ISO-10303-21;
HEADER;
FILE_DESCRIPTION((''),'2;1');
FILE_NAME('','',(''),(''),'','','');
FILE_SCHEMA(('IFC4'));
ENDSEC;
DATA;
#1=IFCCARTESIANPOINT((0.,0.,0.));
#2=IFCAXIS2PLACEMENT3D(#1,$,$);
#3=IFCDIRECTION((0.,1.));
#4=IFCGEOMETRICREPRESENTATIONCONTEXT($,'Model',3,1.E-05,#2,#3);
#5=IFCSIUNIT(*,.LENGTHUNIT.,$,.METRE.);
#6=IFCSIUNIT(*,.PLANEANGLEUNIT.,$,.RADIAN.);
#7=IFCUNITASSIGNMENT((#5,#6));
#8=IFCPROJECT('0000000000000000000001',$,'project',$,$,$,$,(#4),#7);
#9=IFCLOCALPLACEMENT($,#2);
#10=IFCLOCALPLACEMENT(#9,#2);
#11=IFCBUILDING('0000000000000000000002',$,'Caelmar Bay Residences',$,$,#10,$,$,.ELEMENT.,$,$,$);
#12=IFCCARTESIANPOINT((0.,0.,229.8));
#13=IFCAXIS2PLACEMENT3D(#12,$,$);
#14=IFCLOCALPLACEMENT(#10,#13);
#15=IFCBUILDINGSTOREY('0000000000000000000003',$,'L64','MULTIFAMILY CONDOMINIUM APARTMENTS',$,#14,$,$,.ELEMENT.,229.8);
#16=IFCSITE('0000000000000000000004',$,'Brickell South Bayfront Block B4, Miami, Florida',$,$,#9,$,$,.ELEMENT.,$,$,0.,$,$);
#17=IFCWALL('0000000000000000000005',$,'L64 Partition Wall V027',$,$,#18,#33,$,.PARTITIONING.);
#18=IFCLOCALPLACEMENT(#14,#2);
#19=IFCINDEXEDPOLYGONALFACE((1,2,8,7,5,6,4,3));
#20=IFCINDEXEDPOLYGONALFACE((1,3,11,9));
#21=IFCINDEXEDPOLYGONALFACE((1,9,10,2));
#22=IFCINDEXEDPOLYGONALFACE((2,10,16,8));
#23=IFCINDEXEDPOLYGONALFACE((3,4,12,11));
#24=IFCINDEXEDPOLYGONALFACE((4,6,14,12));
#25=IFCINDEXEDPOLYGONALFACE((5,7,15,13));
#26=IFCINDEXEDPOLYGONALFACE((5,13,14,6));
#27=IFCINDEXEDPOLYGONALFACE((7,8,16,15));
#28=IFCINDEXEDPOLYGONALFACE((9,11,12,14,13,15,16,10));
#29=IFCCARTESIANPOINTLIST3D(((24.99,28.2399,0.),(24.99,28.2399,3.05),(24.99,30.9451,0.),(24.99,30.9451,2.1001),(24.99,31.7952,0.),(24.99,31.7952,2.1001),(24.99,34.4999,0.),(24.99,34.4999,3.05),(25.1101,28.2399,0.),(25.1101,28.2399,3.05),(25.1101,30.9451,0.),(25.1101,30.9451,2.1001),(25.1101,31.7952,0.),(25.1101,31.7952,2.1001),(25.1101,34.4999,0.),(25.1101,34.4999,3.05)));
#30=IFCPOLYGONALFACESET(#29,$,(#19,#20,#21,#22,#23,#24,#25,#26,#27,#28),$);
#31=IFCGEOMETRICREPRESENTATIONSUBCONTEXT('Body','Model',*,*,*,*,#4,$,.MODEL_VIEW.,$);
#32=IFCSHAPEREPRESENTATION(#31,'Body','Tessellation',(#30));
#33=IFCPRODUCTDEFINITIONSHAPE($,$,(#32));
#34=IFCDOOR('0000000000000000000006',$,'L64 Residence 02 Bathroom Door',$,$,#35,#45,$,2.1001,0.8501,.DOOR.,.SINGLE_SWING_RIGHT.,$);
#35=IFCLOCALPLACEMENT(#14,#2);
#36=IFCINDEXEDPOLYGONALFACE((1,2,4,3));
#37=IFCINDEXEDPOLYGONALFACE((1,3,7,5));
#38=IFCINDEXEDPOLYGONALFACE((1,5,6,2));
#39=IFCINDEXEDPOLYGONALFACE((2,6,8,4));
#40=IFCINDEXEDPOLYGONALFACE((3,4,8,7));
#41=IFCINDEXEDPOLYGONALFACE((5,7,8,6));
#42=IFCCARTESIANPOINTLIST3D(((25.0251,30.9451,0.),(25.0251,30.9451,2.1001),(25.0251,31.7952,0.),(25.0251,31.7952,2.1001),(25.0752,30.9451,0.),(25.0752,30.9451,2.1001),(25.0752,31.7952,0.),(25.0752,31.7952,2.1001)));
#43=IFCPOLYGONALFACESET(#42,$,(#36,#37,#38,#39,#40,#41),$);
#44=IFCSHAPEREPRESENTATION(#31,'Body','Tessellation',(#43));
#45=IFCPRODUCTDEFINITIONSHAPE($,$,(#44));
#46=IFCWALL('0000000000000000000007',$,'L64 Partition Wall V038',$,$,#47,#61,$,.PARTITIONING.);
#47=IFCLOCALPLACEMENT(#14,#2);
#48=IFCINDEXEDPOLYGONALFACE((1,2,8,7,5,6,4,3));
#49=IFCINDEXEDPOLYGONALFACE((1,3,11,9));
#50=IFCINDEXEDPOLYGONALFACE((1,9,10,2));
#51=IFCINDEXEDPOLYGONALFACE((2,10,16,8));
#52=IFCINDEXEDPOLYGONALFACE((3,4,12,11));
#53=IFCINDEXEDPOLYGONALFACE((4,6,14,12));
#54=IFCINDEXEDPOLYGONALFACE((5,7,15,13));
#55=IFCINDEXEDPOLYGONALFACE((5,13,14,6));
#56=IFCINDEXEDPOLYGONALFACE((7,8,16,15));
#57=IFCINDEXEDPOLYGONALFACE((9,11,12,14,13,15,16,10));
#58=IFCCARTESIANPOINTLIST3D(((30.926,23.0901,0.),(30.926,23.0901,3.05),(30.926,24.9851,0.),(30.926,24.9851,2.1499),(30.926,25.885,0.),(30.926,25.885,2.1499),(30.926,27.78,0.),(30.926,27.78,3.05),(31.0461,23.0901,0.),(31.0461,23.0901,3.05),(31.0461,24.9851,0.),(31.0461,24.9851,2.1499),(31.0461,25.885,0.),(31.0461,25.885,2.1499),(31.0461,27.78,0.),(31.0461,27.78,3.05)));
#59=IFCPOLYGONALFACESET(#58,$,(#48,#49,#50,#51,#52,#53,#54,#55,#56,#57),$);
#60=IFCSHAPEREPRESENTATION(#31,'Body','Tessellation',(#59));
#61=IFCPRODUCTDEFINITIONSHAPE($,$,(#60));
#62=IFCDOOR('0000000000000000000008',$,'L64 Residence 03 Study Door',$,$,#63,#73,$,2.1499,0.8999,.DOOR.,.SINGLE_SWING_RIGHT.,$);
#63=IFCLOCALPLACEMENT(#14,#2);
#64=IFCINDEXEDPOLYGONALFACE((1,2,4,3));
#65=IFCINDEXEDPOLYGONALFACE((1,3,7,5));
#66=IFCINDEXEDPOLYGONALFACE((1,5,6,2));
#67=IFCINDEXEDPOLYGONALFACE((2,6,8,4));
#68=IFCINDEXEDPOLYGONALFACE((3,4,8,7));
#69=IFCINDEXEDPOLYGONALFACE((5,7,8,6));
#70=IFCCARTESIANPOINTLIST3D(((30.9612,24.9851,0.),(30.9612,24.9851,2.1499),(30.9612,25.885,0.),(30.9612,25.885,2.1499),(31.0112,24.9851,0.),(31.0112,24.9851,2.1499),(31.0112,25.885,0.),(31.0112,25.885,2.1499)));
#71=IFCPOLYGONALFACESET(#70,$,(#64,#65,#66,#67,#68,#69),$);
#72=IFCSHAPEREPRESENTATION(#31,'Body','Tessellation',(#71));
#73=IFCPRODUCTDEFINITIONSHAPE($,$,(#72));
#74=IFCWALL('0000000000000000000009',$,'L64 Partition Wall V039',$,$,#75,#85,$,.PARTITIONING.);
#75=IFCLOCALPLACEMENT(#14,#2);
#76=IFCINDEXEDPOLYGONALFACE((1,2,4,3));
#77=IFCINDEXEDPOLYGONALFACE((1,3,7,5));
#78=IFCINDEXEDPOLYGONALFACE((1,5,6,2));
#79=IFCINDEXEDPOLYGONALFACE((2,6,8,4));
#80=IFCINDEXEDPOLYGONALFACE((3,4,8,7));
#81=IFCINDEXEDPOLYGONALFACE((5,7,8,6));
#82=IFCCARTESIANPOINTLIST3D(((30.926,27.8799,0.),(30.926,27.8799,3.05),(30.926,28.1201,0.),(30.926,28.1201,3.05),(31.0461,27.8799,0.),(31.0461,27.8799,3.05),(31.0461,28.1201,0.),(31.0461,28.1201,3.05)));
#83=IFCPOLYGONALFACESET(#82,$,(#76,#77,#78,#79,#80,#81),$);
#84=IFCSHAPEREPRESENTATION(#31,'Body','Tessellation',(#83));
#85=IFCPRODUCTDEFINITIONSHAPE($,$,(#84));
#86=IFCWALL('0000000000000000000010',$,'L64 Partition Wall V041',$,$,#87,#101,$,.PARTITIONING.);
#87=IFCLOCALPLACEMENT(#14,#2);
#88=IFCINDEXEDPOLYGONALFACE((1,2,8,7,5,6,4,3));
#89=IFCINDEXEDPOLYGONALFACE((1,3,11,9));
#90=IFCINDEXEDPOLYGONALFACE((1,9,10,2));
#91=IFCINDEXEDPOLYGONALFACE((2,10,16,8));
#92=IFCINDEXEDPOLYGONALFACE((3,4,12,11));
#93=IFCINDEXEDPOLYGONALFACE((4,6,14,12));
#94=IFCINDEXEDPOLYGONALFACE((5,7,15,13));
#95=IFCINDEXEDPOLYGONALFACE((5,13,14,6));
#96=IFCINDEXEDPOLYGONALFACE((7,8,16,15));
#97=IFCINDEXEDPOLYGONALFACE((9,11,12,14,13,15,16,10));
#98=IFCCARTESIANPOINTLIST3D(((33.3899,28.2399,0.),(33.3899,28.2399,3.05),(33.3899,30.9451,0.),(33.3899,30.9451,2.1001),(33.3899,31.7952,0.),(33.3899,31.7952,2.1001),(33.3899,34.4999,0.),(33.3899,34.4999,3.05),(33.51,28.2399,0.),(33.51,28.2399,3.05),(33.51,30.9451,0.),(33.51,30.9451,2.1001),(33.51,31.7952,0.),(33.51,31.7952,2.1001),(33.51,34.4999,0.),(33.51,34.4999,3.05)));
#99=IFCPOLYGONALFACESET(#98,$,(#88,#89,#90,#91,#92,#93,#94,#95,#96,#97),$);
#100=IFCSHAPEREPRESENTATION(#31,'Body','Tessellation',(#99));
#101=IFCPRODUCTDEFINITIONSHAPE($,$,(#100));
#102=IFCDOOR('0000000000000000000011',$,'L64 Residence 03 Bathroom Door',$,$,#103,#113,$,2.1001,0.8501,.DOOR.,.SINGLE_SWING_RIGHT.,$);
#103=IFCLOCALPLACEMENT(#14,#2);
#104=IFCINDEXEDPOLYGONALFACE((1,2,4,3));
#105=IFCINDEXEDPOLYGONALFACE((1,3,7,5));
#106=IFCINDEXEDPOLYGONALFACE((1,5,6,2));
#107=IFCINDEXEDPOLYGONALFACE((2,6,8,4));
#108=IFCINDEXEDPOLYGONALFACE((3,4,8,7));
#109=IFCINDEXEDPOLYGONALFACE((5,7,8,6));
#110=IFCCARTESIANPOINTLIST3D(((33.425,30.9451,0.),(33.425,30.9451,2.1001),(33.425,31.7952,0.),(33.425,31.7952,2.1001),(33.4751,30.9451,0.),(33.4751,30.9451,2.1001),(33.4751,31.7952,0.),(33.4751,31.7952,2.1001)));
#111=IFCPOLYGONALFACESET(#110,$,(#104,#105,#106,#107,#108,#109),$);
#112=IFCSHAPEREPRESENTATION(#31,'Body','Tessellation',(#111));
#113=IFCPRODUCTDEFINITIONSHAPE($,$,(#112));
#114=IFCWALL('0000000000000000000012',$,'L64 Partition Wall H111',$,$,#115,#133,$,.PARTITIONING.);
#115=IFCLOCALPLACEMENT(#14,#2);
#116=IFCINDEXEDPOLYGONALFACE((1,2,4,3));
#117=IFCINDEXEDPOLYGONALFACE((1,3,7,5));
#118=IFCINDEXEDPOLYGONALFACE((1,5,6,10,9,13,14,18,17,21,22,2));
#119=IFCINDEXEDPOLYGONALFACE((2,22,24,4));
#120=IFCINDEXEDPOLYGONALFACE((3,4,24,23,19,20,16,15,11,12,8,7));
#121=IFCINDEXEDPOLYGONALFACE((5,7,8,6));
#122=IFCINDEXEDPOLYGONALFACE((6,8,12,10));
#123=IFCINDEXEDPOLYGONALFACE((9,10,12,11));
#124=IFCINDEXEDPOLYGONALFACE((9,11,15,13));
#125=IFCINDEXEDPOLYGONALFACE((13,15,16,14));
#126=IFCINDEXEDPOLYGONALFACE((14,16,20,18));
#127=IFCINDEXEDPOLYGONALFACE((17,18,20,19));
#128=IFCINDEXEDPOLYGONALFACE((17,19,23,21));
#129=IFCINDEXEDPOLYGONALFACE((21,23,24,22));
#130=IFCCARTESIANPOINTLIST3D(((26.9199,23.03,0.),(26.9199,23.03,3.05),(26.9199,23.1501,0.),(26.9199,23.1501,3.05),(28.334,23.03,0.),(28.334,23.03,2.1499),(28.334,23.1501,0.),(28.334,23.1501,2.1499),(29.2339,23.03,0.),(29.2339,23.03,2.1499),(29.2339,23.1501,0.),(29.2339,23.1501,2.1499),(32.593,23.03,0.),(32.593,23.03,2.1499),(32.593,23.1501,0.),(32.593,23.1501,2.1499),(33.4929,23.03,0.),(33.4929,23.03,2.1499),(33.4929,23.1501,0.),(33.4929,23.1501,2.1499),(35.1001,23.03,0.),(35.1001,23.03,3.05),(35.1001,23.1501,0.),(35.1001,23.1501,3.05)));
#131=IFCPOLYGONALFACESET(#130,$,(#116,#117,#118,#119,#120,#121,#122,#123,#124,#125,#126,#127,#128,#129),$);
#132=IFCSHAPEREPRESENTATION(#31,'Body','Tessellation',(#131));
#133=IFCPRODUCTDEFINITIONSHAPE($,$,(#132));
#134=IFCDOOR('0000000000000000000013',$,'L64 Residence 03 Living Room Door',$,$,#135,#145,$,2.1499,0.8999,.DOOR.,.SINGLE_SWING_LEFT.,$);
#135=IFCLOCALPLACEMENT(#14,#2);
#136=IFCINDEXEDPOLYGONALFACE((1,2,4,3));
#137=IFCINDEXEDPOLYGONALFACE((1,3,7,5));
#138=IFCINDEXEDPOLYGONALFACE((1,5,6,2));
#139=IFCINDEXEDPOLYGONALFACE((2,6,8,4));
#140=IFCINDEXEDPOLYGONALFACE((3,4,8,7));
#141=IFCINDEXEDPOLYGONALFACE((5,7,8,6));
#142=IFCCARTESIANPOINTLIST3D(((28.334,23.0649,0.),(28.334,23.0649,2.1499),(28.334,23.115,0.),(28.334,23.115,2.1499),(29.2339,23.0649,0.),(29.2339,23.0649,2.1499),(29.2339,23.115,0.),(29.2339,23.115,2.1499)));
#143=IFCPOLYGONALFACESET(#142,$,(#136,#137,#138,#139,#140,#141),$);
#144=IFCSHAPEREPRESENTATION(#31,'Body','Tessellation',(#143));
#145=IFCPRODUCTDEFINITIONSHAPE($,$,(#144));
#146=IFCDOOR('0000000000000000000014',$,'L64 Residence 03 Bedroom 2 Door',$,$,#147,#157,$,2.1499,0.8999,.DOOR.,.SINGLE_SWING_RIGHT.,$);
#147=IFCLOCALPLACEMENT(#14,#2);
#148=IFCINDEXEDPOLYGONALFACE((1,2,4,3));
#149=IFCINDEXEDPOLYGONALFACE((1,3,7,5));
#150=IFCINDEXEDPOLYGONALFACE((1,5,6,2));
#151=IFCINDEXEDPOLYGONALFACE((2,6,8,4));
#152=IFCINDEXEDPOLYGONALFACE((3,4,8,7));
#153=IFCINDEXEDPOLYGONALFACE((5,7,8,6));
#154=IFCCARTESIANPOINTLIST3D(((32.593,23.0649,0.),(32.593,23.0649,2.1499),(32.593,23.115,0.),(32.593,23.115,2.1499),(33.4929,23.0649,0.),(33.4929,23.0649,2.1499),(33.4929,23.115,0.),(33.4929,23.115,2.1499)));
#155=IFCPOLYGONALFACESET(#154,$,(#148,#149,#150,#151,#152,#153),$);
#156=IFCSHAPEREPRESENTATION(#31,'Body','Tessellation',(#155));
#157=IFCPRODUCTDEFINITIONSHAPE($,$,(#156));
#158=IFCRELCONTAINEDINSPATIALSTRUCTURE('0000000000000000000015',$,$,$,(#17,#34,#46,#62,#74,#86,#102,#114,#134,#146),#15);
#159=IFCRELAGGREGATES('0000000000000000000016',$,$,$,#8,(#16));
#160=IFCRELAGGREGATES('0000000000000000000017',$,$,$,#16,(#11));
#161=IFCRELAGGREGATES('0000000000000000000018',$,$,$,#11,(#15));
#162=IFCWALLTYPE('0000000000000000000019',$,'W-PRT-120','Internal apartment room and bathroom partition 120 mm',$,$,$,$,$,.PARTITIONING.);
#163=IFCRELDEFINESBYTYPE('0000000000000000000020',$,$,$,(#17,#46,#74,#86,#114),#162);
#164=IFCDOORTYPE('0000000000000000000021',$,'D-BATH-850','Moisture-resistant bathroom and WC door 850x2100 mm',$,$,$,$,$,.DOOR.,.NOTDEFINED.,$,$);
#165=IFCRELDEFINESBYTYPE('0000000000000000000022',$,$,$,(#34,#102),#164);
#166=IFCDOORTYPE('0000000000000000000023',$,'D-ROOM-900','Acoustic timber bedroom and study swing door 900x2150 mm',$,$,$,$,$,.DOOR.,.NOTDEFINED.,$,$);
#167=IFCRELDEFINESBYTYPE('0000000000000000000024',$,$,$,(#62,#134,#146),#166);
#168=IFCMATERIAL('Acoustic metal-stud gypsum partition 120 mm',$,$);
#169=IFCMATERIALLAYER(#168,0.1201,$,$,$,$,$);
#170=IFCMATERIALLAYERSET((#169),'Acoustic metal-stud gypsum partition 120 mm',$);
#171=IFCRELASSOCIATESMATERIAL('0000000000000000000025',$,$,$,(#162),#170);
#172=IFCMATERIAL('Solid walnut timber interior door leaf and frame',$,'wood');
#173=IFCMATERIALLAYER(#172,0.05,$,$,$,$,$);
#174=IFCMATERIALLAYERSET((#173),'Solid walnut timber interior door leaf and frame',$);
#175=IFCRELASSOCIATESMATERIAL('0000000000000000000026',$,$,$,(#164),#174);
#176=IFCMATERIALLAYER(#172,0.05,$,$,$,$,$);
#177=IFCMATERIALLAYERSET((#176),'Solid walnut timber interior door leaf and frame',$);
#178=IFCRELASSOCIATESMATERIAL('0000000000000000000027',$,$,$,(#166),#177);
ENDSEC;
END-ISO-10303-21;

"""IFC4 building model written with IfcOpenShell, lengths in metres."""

from ifc_helpers import new_model, si_unit, direction, frame, frame_2d, origin, place, context, subcontext, project, spatial, rectangle, extrude, material, layer, layer_set, type_object, element, fill, save


model = new_model("IFC4")

# Units and contexts
model_context = context("Model", 3, precision=1e-05, world=origin(), true_north=direction((0.0, 1.0)))
body_context = subcontext(model_context, "Body", "Model", "MODEL_VIEW")
ifc_project = project(units=[si_unit("LENGTHUNIT", "METRE"), si_unit("PLANEANGLEUNIT", "RADIAN")], contexts=[model_context])

# Site, building, storey
site_placement = place(None, origin())
site = spatial("IfcSite", under=ifc_project, at=site_placement, Name="Brickell South Bayfront Block B4, Miami, Florida", CompositionType="ELEMENT", RefElevation=0.0)
building_placement = place(site_placement, origin())
building = spatial("IfcBuilding", under=site, at=building_placement, Name="Caelmar Bay Residences", CompositionType="ELEMENT")
storey_placement = place(building_placement, frame((0.0, 0.0, 229.8)))
storey = spatial("IfcBuildingStorey", under=building, at=storey_placement, Name="L64", Description="MULTIFAMILY CONDOMINIUM APARTMENTS", CompositionType="ELEMENT", Elevation=229.8)

# Walls, openings, doors
ifc_material_1 = material(Name="Acoustic metal-stud gypsum partition 120 mm")
ifc_layer_1 = layer(ifc_material_1, 0.1201)
ifc_layer_set_1 = layer_set([ifc_layer_1], Name="Acoustic metal-stud gypsum partition 120 mm")
wall_type_1 = type_object("IfcWallType", Name="W-PRT-120", Description="Internal apartment room and bathroom partition 120 mm", PredefinedType="PARTITIONING", material=ifc_layer_set_1)
wall_1_placement = place(storey_placement, frame((25.05, 28.24, 0.0), z_axis=(0.0, 0.0, 1.0), x_axis=(0.0, 1.0, 0.0)))
wall_1 = element("IfcWall", 1, at=wall_1_placement, inside=storey, type_object=wall_type_1, Name="L64 Partition Wall V027", PredefinedType="PARTITIONING", context=body_context, shape_type="SweptSolid", body=[
    extrude(rectangle(XDim=6.26, YDim=0.1201, at=frame_2d((3.1299, 0.0))), origin(), (0.0, 0.0, 1.0), 3.05),
])
opening_1_placement = place(wall_1_placement, frame((2.7051, 0.0, 0.0)))
opening_1 = element("IfcOpeningElement", 2, at=opening_1_placement, cuts=wall_1, PredefinedType="OPENING", context=body_context, shape_type="SweptSolid", body=[
    extrude(rectangle(XDim=0.8501, YDim=2.1001, at=frame_2d((0.425, 1.05))), frame((0.0, 0.0701, 0.0), z_axis=(0.0, -1.0, 0.0), x_axis=(1.0, 0.0, 0.0)), (0.0, 0.0, 1.0), 0.1401),
])
ifc_material_2 = material(Name="Solid walnut timber interior door leaf and frame", Category="wood")
ifc_layer_2 = layer(ifc_material_2, 0.05)
ifc_layer_set_2 = layer_set([ifc_layer_2], Name="Solid walnut timber interior door leaf and frame")
door_type_1 = type_object("IfcDoorType", Name="D-BATH-850", Description="Moisture-resistant bathroom and WC door 850x2100 mm", OperationType="NOTDEFINED", PredefinedType="DOOR", material=ifc_layer_set_2)
door_1_placement = place(opening_1_placement, origin())
door_1 = element("IfcDoor", 3, at=door_1_placement, inside=storey, type_object=door_type_1, Name="L64 Residence 02 Bathroom Door", OperationType="SINGLE_SWING_RIGHT", OverallHeight=2.1001, OverallWidth=0.8501, PredefinedType="DOOR", context=body_context, shape_type="SweptSolid", body=[
    extrude(rectangle(XDim=0.8501, YDim=2.1001, at=frame_2d((0.425, 1.05))), frame((0.0, 0.0249, 0.0), z_axis=(0.0, -1.0, 0.0), x_axis=(1.0, 0.0, 0.0)), (0.0, 0.0, 1.0), 0.05),
])
fill(opening_1, door_1)
wall_2_placement = place(storey_placement, frame((30.9861, 23.0901, 0.0), z_axis=(0.0, 0.0, 1.0), x_axis=(0.0, 1.0, 0.0)))
wall_2 = element("IfcWall", 4, at=wall_2_placement, inside=storey, type_object=wall_type_1, Name="L64 Partition Wall V038", PredefinedType="PARTITIONING", context=body_context, shape_type="SweptSolid", body=[
    extrude(rectangle(XDim=4.6899, YDim=0.1201, at=frame_2d((2.345, 0.0))), origin(), (0.0, 0.0, 1.0), 3.05),
])
opening_2_placement = place(wall_2_placement, frame((1.895, 0.0, 0.0)))
opening_2 = element("IfcOpeningElement", 5, at=opening_2_placement, cuts=wall_2, PredefinedType="OPENING", context=body_context, shape_type="SweptSolid", body=[
    extrude(rectangle(XDim=0.8999, YDim=2.1499, at=frame_2d((0.45, 1.075))), frame((0.0, 0.0701, 0.0), z_axis=(0.0, -1.0, 0.0), x_axis=(1.0, 0.0, 0.0)), (0.0, 0.0, 1.0), 0.1401),
])
ifc_layer_3 = layer(ifc_material_2, 0.05)
ifc_layer_set_3 = layer_set([ifc_layer_3], Name="Solid walnut timber interior door leaf and frame")
door_type_2 = type_object("IfcDoorType", Name="D-ROOM-900", Description="Acoustic timber bedroom and study swing door 900x2150 mm", OperationType="NOTDEFINED", PredefinedType="DOOR", material=ifc_layer_set_3)
door_2_placement = place(opening_2_placement, origin())
door_2 = element("IfcDoor", 6, at=door_2_placement, inside=storey, type_object=door_type_2, Name="L64 Residence 03 Study Door", OperationType="SINGLE_SWING_RIGHT", OverallHeight=2.1499, OverallWidth=0.8999, PredefinedType="DOOR", context=body_context, shape_type="SweptSolid", body=[
    extrude(rectangle(XDim=0.8999, YDim=2.1499, at=frame_2d((0.45, 1.075))), frame((0.0, 0.0249, 0.0), z_axis=(0.0, -1.0, 0.0), x_axis=(1.0, 0.0, 0.0)), (0.0, 0.0, 1.0), 0.05),
])
fill(opening_2, door_2)

# Wall
wall_3_placement = place(storey_placement, frame((30.9861, 27.8799, 0.0), z_axis=(0.0, 0.0, 1.0), x_axis=(0.0, 1.0, 0.0)))
element("IfcWall", 7, at=wall_3_placement, inside=storey, type_object=wall_type_1, Name="L64 Partition Wall V039", PredefinedType="PARTITIONING", context=body_context, shape_type="SweptSolid", body=[
    extrude(rectangle(XDim=0.2402, YDim=0.1201, at=frame_2d((0.1201, 0.0))), origin(), (0.0, 0.0, 1.0), 3.05),
])

# Wall, opening, door
wall_4_placement = place(storey_placement, frame((33.45, 28.24, 0.0), z_axis=(0.0, 0.0, 1.0), x_axis=(0.0, 1.0, 0.0)))
wall_4 = element("IfcWall", 8, at=wall_4_placement, inside=storey, type_object=wall_type_1, Name="L64 Partition Wall V041", PredefinedType="PARTITIONING", context=body_context, shape_type="SweptSolid", body=[
    extrude(rectangle(XDim=6.26, YDim=0.1201, at=frame_2d((3.1299, 0.0))), origin(), (0.0, 0.0, 1.0), 3.05),
])
opening_3_placement = place(wall_4_placement, frame((2.7051, 0.0, 0.0)))
opening_3 = element("IfcOpeningElement", 9, at=opening_3_placement, cuts=wall_4, PredefinedType="OPENING", context=body_context, shape_type="SweptSolid", body=[
    extrude(rectangle(XDim=0.8501, YDim=2.1001, at=frame_2d((0.425, 1.05))), frame((0.0, 0.0701, 0.0), z_axis=(0.0, -1.0, 0.0), x_axis=(1.0, 0.0, 0.0)), (0.0, 0.0, 1.0), 0.1401),
])
door_3_placement = place(opening_3_placement, origin())
door_3 = element("IfcDoor", 10, at=door_3_placement, inside=storey, type_object=door_type_1, Name="L64 Residence 03 Bathroom Door", OperationType="SINGLE_SWING_RIGHT", OverallHeight=2.1001, OverallWidth=0.8501, PredefinedType="DOOR", context=body_context, shape_type="SweptSolid", body=[
    extrude(rectangle(XDim=0.8501, YDim=2.1001, at=frame_2d((0.425, 1.05))), frame((0.0, 0.0249, 0.0), z_axis=(0.0, -1.0, 0.0), x_axis=(1.0, 0.0, 0.0)), (0.0, 0.0, 1.0), 0.05),
])
fill(opening_3, door_3)

# Wall, openings, doors
wall_5_placement = place(storey_placement, frame((26.9199, 23.0901, 0.0), z_axis=(0.0, 0.0, 1.0), x_axis=(1.0, 0.0, 0.0)))
wall_5 = element("IfcWall", 11, at=wall_5_placement, inside=storey, type_object=wall_type_1, Name="L64 Partition Wall H111", PredefinedType="PARTITIONING", context=body_context, shape_type="SweptSolid", body=[
    extrude(rectangle(XDim=8.1802, YDim=0.1201, at=frame_2d((4.0901, 0.0))), origin(), (0.0, 0.0, 1.0), 3.05),
])
opening_4_placement = place(wall_5_placement, frame((1.4141, 0.0, 0.0)))
opening_4 = element("IfcOpeningElement", 12, at=opening_4_placement, cuts=wall_5, PredefinedType="OPENING", context=body_context, shape_type="SweptSolid", body=[
    extrude(rectangle(XDim=0.8999, YDim=2.1499, at=frame_2d((0.45, 1.075))), frame((0.0, 0.0701, 0.0), z_axis=(0.0, -1.0, 0.0), x_axis=(1.0, 0.0, 0.0)), (0.0, 0.0, 1.0), 0.1401),
])
opening_5_placement = place(wall_5_placement, frame((5.6731, 0.0, 0.0)))
opening_5 = element("IfcOpeningElement", 13, at=opening_5_placement, cuts=wall_5, PredefinedType="OPENING", context=body_context, shape_type="SweptSolid", body=[
    extrude(rectangle(XDim=0.8999, YDim=2.1499, at=frame_2d((0.45, 1.075))), frame((0.0, 0.0701, 0.0), z_axis=(0.0, -1.0, 0.0), x_axis=(1.0, 0.0, 0.0)), (0.0, 0.0, 1.0), 0.1401),
])
door_4_placement = place(opening_4_placement, origin())
door_4 = element("IfcDoor", 14, at=door_4_placement, inside=storey, type_object=door_type_2, Name="L64 Residence 03 Living Room Door", OperationType="SINGLE_SWING_LEFT", OverallHeight=2.1499, OverallWidth=0.8999, PredefinedType="DOOR", context=body_context, shape_type="SweptSolid", body=[
    extrude(rectangle(XDim=0.8999, YDim=2.1499, at=frame_2d((0.45, 1.075))), frame((0.0, 0.0249, 0.0), z_axis=(0.0, -1.0, 0.0), x_axis=(1.0, 0.0, 0.0)), (0.0, 0.0, 1.0), 0.05),
])
fill(opening_4, door_4)
door_5_placement = place(opening_5_placement, origin())
door_5 = element("IfcDoor", 15, at=door_5_placement, inside=storey, type_object=door_type_2, Name="L64 Residence 03 Bedroom 2 Door", OperationType="SINGLE_SWING_RIGHT", OverallHeight=2.1499, OverallWidth=0.8999, PredefinedType="DOOR", context=body_context, shape_type="SweptSolid", body=[
    extrude(rectangle(XDim=0.8999, YDim=2.1499, at=frame_2d((0.45, 1.075))), frame((0.0, 0.0249, 0.0), z_axis=(0.0, -1.0, 0.0), x_axis=(1.0, 0.0, 0.0)), (0.0, 0.0, 1.0), 0.05),
])
fill(opening_5, door_5)

save(model, "model.ifc")
